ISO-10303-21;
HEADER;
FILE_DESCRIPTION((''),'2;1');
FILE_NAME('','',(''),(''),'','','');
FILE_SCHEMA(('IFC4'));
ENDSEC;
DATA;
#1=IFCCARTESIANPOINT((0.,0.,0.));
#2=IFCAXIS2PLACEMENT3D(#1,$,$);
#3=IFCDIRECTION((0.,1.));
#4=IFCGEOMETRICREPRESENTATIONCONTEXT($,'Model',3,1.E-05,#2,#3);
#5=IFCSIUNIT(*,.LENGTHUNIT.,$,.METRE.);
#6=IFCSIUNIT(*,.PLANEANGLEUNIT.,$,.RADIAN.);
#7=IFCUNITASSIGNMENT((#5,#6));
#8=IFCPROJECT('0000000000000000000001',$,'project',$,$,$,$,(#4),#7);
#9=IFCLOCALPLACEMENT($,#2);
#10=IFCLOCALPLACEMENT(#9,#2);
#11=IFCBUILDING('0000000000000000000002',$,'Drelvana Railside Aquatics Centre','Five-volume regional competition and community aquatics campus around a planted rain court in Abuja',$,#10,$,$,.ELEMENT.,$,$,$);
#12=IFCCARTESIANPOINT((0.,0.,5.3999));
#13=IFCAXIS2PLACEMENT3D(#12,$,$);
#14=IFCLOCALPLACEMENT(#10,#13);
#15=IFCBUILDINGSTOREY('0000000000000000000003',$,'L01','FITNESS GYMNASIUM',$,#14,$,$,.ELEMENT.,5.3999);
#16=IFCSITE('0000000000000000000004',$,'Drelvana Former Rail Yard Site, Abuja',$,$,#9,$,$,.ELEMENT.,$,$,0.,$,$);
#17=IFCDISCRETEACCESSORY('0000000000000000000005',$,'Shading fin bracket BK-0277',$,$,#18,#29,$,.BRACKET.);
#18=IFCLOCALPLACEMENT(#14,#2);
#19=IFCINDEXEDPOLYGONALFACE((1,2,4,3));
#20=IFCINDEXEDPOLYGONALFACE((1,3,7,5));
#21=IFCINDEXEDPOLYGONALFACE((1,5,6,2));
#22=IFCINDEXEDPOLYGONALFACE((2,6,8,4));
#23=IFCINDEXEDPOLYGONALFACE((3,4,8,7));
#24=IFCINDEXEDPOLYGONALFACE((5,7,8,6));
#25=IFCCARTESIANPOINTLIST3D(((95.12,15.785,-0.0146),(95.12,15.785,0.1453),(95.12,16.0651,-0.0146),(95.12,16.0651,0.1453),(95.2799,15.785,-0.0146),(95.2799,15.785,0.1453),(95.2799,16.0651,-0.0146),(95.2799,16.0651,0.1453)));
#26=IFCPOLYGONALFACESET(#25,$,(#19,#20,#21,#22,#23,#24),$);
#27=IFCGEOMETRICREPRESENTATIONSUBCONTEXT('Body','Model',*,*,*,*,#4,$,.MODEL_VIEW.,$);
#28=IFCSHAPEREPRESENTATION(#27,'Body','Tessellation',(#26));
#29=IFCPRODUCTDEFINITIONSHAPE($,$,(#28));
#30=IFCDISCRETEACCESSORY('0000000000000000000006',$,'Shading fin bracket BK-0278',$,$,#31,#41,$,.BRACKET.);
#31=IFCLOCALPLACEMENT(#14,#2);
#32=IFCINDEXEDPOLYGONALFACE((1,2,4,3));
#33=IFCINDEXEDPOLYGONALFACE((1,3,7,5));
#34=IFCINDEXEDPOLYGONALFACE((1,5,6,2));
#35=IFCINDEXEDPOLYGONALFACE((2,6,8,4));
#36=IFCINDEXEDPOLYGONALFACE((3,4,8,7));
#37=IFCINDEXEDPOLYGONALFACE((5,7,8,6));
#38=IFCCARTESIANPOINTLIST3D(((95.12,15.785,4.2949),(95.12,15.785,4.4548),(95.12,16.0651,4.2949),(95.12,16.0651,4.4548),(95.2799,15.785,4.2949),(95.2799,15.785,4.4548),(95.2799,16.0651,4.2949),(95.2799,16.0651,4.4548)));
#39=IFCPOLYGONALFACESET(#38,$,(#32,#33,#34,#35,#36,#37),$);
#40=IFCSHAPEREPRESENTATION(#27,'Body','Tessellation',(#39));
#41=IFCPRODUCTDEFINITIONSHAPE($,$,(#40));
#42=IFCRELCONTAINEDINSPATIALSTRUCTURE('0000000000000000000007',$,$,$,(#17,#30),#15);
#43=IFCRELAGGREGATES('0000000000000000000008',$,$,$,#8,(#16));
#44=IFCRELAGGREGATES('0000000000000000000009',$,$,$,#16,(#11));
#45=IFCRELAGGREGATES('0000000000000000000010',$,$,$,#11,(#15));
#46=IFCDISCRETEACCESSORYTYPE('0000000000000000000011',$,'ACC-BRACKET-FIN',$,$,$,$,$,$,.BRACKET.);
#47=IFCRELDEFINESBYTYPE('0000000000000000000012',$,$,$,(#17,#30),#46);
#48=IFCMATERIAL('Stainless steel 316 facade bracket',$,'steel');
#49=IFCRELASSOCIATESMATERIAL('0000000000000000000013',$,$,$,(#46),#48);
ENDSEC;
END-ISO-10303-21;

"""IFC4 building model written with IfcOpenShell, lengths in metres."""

from ifc_helpers import new_model, si_unit, direction, frame, origin, origin_2d, place, context, subcontext, project, spatial, rectangle, extrude, material, type_object, element, save


model = new_model("IFC4")

# Units and contexts
model_context = context("Model", 3, precision=1e-05, world=origin(), true_north=direction((0.0, 1.0)))
body_context = subcontext(model_context, "Body", "Model", "MODEL_VIEW")
ifc_project = project(units=[si_unit("LENGTHUNIT", "METRE"), si_unit("PLANEANGLEUNIT", "RADIAN")], contexts=[model_context])

# Site, building, storey
site_placement = place(None, origin())
site = spatial("IfcSite", under=ifc_project, at=site_placement, Name="Drelvana Former Rail Yard Site, Abuja", CompositionType="ELEMENT", RefElevation=0.0)
building_placement = place(site_placement, origin())
building = spatial("IfcBuilding", under=site, at=building_placement, Name="Drelvana Railside Aquatics Centre", Description="Five-volume regional competition and community aquatics campus around a planted rain court in Abuja", CompositionType="ELEMENT")
storey_placement = place(building_placement, frame((0.0, 0.0, 5.3999)))
storey = spatial("IfcBuildingStorey", under=building, at=storey_placement, Name="L01", Description="FITNESS GYMNASIUM", CompositionType="ELEMENT", Elevation=5.3999)

# Discrete accessories
ifc_material_1 = material(Name="Stainless steel 316 facade bracket", Category="steel")
discrete_accessory_type = type_object("IfcDiscreteAccessoryType", Name="ACC-BRACKET-FIN", PredefinedType="BRACKET", material=ifc_material_1)
for number, where, z_axis, x_axis, name in (
    (1, (95.2, 15.925, -0.0146), (0.0, 0.0, 1.0), (0.0, -1.0, 0.0), "Shading fin bracket BK-0277"),
    (2, (95.2, 15.925, 4.2949), (0.0, 0.0, 1.0), (0.0, -1.0, 0.0), "Shading fin bracket BK-0278"),
):
    element("IfcDiscreteAccessory", number, at=place(storey_placement, frame(where, z_axis=z_axis, x_axis=x_axis)), inside=storey, type_object=discrete_accessory_type, Name=name, PredefinedType="BRACKET", context=body_context, shape_type="SweptSolid", body=[
        extrude(rectangle(XDim=0.28, YDim=0.1599, at=origin_2d()), origin(), (0.0, 0.0, 1.0), 0.1599),
    ])

save(model, "model.ifc")
